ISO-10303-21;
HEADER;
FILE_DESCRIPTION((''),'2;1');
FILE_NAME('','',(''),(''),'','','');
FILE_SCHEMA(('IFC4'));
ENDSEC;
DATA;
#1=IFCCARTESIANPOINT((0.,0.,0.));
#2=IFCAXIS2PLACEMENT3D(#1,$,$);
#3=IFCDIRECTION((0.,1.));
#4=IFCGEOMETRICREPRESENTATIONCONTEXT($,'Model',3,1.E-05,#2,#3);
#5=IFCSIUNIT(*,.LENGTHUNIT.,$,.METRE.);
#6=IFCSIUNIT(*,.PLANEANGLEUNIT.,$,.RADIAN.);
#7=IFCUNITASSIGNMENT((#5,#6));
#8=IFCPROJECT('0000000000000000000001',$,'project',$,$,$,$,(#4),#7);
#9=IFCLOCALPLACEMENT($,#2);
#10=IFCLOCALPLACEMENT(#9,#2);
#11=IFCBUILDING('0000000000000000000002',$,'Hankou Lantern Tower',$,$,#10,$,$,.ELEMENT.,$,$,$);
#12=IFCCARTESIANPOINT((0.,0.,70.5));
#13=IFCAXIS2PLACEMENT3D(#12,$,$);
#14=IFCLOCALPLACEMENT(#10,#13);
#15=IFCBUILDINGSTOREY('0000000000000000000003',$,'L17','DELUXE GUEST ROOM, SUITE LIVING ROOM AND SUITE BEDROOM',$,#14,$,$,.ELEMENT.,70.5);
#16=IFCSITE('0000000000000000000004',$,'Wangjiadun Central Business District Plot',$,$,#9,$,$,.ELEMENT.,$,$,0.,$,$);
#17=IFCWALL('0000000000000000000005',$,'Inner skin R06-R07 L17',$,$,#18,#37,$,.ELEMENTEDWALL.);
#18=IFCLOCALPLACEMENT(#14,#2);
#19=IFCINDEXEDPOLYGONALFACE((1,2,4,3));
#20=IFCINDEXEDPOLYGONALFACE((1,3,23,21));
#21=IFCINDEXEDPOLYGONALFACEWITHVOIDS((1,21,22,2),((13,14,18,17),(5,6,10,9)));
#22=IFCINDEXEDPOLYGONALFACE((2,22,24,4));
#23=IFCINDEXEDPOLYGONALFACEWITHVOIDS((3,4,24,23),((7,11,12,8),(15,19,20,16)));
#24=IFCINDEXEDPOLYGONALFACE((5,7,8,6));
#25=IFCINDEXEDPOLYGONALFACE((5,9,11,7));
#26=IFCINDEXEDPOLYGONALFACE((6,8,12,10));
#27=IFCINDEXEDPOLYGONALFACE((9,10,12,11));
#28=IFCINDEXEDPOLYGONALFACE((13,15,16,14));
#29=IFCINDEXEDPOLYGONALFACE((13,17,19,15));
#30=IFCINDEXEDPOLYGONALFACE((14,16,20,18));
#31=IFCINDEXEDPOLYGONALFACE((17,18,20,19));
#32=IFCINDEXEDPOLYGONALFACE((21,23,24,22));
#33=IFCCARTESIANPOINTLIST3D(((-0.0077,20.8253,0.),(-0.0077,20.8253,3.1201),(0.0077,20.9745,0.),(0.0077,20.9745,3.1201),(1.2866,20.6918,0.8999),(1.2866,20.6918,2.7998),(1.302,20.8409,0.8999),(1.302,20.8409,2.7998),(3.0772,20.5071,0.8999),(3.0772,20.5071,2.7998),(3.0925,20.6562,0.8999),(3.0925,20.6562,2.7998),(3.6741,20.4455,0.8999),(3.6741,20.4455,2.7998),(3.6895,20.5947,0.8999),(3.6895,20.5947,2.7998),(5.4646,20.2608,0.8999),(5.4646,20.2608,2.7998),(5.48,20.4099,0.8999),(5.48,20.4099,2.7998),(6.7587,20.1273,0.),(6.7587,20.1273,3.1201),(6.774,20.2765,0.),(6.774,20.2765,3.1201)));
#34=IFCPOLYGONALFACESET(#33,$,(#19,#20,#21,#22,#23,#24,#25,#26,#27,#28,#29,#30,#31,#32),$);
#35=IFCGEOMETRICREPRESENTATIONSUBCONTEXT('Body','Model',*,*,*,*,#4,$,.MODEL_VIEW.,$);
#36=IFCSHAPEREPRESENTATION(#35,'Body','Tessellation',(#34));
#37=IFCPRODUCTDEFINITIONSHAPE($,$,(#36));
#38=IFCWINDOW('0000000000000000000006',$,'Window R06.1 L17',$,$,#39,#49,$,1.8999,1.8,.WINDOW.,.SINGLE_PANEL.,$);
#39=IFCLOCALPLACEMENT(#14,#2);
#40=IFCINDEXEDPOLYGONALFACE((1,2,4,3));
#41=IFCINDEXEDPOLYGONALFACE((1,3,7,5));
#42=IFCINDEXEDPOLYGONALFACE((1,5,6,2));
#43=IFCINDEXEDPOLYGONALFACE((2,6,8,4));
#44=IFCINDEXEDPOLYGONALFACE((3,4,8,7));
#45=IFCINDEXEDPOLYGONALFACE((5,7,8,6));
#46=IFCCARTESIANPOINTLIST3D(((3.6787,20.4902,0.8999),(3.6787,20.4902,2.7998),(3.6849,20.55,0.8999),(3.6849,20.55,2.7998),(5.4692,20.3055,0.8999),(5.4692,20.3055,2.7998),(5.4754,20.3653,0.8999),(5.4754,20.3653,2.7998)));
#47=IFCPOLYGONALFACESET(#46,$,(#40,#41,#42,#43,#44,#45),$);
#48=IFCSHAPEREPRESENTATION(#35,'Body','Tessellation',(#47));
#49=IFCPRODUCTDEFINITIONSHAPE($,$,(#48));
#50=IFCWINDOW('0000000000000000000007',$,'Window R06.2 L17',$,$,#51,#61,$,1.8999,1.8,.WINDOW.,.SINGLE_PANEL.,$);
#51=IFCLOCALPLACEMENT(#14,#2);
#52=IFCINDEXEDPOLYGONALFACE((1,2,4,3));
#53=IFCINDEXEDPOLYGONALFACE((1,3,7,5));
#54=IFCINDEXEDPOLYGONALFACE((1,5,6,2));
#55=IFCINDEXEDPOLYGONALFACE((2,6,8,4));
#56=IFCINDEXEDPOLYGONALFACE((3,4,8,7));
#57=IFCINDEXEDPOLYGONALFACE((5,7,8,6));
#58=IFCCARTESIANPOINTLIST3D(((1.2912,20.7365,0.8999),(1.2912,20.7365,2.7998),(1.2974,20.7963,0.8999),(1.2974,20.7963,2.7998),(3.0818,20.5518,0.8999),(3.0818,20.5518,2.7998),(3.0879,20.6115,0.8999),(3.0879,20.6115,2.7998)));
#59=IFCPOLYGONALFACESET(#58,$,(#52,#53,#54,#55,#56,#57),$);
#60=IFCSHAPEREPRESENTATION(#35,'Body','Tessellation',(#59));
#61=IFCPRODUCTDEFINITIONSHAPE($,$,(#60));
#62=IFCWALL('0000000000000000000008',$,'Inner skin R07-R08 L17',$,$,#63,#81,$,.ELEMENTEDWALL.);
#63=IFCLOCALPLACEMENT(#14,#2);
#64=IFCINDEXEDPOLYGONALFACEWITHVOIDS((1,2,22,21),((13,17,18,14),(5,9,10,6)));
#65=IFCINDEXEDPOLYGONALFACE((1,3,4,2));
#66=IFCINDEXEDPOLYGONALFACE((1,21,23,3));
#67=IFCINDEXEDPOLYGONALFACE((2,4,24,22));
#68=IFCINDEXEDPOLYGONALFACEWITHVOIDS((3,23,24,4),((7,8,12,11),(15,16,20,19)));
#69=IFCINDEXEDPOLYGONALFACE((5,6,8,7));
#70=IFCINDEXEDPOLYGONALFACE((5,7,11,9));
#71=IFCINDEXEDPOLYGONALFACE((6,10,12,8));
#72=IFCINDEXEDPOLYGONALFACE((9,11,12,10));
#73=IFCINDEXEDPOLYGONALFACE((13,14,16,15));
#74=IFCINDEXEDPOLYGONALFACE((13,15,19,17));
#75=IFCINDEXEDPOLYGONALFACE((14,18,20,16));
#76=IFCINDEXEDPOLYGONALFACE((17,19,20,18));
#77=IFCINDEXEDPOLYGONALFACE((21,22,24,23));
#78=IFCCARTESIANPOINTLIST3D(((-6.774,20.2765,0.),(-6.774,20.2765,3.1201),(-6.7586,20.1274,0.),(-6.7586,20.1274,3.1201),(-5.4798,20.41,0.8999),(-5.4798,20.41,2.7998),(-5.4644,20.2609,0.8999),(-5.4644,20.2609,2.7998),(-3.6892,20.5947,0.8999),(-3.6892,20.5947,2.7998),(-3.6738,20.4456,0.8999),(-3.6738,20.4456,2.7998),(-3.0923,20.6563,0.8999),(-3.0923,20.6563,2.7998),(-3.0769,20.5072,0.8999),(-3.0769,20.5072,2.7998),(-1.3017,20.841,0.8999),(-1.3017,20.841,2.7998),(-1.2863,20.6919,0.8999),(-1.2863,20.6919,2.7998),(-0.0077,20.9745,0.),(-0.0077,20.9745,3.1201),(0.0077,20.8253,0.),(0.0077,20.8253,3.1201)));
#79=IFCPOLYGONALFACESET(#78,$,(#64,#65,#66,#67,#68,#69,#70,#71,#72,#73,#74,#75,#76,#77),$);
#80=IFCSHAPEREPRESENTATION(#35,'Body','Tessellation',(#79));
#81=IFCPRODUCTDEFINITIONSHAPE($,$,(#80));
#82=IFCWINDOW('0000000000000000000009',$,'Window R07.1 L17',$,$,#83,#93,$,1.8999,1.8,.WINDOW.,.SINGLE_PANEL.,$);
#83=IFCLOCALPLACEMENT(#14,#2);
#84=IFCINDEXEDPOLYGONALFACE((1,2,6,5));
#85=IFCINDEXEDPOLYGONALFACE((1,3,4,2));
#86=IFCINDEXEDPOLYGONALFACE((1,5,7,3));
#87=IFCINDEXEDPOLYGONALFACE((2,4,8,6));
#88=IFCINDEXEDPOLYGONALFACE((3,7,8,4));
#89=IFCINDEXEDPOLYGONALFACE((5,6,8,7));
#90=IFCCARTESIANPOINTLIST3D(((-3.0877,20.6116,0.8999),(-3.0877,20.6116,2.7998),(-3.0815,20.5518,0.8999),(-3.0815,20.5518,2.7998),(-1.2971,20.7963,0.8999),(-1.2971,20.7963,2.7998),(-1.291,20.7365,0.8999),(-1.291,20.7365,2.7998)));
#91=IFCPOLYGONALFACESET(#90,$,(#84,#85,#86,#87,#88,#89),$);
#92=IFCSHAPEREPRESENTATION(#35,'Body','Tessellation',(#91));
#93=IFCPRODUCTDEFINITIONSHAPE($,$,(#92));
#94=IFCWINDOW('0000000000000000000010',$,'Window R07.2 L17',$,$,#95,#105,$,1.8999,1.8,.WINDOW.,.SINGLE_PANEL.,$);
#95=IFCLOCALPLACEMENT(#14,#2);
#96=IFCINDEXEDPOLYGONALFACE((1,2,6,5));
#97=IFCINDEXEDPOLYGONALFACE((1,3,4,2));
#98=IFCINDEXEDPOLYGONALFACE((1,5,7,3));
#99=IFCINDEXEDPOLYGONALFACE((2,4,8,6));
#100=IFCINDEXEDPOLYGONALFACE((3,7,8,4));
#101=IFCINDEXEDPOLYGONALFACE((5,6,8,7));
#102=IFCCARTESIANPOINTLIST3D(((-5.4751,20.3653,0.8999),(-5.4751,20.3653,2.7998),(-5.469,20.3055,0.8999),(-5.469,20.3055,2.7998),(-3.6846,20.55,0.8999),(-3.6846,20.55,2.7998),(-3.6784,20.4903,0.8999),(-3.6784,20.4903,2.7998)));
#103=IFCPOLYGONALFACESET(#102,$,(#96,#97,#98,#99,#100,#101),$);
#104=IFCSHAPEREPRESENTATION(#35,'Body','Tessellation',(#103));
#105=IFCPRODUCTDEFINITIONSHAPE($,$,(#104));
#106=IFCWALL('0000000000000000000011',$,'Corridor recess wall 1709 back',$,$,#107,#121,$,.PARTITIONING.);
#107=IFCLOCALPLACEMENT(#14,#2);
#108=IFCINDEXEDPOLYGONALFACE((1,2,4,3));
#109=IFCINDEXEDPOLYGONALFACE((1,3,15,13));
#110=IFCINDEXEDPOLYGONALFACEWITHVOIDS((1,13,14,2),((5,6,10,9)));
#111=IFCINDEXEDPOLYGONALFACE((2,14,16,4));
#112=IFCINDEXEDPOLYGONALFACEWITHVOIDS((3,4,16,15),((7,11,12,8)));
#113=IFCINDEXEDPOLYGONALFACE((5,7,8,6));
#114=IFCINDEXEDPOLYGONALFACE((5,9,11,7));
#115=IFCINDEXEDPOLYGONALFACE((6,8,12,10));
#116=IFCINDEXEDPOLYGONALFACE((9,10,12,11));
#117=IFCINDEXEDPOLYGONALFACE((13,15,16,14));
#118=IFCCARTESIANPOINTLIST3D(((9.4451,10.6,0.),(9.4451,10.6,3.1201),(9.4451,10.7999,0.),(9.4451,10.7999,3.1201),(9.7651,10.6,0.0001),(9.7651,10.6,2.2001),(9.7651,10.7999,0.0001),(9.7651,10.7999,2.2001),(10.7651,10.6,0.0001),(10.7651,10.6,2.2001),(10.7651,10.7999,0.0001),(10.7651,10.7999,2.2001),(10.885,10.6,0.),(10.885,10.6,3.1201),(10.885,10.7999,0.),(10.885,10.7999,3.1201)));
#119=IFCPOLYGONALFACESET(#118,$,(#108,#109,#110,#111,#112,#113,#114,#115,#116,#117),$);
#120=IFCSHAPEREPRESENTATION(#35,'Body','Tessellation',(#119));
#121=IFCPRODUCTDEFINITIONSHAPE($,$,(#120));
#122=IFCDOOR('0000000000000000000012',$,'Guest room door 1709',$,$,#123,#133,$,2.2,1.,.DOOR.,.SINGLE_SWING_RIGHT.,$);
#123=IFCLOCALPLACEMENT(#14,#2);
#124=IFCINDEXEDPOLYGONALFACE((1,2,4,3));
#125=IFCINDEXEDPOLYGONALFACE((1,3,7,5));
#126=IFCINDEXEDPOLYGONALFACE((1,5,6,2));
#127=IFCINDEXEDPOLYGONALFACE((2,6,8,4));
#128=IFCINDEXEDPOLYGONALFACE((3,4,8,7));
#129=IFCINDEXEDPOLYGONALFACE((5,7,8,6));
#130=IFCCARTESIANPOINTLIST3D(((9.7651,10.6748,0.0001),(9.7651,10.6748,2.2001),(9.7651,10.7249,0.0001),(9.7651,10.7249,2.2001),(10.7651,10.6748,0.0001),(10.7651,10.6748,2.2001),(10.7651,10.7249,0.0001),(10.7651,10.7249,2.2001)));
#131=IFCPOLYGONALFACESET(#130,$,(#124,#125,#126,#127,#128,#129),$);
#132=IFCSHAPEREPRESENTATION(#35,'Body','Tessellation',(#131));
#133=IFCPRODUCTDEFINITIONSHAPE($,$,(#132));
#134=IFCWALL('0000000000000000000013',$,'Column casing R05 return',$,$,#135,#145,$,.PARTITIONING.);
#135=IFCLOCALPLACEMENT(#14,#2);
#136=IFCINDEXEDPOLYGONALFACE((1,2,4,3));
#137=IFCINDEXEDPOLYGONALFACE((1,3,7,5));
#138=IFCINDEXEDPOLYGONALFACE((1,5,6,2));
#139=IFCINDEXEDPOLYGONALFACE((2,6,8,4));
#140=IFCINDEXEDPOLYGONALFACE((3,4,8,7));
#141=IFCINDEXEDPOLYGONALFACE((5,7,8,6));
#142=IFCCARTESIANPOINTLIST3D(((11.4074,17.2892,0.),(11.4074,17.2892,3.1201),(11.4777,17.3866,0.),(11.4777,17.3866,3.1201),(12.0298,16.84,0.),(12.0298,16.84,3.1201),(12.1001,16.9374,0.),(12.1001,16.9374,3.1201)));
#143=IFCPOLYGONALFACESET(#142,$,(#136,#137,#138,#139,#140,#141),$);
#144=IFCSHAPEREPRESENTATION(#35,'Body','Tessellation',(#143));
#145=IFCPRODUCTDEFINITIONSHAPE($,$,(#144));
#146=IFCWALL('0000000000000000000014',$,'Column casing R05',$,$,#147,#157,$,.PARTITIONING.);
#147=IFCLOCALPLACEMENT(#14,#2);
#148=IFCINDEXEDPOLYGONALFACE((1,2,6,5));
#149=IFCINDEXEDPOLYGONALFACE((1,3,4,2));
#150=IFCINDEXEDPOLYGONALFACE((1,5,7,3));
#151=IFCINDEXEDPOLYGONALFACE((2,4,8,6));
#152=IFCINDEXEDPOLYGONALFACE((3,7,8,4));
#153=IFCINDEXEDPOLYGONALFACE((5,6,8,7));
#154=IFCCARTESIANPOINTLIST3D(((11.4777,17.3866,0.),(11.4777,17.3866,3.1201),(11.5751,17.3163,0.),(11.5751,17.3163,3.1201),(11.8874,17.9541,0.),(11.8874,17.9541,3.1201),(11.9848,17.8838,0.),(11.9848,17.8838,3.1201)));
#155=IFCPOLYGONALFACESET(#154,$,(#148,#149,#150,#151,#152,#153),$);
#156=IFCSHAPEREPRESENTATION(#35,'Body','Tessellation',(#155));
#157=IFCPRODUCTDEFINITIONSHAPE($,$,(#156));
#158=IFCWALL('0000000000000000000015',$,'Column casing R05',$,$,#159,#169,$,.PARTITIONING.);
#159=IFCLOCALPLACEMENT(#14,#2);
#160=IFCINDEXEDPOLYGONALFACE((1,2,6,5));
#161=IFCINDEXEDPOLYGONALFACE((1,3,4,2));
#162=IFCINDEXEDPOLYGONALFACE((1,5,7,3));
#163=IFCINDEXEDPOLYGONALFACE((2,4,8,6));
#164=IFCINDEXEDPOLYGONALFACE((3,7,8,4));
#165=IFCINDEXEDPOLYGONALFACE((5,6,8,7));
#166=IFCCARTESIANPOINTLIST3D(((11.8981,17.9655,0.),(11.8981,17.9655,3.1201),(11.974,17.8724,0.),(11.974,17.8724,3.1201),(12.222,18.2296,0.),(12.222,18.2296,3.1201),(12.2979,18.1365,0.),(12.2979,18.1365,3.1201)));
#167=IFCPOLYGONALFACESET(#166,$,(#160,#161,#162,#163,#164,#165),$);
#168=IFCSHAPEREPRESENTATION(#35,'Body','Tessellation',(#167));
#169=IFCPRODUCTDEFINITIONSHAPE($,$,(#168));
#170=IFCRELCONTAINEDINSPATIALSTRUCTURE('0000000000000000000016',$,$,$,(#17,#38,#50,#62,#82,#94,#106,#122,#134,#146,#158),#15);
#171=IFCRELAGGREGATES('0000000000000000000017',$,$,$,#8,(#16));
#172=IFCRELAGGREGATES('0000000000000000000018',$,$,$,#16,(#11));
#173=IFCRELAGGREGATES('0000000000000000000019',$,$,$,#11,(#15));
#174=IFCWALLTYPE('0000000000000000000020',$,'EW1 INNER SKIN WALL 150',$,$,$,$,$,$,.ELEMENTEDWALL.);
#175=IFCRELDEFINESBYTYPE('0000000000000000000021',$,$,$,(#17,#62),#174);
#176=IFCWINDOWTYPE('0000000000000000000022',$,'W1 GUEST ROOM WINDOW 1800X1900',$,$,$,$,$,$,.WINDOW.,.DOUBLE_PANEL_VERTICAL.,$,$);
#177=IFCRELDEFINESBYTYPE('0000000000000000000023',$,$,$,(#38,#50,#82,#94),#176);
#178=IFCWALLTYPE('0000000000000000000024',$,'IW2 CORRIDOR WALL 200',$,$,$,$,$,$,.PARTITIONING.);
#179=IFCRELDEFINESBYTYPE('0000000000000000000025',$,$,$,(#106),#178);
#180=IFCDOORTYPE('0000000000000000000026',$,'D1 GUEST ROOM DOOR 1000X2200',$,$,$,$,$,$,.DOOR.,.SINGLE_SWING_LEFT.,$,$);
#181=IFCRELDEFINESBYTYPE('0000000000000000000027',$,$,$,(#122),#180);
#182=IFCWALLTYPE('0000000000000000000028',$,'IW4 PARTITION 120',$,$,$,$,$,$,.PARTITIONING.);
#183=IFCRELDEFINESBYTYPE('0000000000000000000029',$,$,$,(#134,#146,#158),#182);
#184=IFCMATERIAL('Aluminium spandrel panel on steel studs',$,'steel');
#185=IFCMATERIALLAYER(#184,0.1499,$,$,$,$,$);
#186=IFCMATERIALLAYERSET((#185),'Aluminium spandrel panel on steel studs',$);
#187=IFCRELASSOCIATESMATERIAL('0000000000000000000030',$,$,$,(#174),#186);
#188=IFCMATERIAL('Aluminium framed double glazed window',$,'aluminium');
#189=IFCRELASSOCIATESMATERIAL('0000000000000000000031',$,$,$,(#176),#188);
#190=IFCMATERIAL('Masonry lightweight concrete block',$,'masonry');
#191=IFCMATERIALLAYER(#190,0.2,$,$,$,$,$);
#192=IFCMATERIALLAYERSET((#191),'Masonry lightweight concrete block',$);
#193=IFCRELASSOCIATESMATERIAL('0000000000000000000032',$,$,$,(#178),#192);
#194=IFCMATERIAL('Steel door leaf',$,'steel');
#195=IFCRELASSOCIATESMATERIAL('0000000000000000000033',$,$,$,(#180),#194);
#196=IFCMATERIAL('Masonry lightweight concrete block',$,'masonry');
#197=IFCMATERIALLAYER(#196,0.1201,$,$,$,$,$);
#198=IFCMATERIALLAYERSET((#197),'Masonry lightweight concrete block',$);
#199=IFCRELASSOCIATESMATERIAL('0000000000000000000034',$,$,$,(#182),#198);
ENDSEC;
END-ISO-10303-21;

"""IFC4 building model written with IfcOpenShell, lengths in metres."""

from ifc_helpers import new_model, si_unit, direction, frame, frame_2d, origin, place, context, subcontext, project, spatial, rectangle, extrude, material, layer, layer_set, type_object, element, fill, save


model = new_model("IFC4")

# Units and contexts
model_context = context("Model", 3, precision=1e-05, world=origin(), true_north=direction((0.0, 1.0)))
body_context = subcontext(model_context, "Body", "Model", "MODEL_VIEW")
ifc_project = project(units=[si_unit("LENGTHUNIT", "METRE"), si_unit("PLANEANGLEUNIT", "RADIAN")], contexts=[model_context])

# Site, building, storey
site_placement = place(None, origin())
site = spatial("IfcSite", under=ifc_project, at=site_placement, Name="Wangjiadun Central Business District Plot", CompositionType="ELEMENT", RefElevation=0.0)
building_placement = place(site_placement, origin())
building = spatial("IfcBuilding", under=site, at=building_placement, Name="Hankou Lantern Tower", CompositionType="ELEMENT")
storey_placement = place(building_placement, frame((0.0, 0.0, 70.5)))
storey = spatial("IfcBuildingStorey", under=building, at=storey_placement, Name="L17", Description="DELUXE GUEST ROOM, SUITE LIVING ROOM AND SUITE BEDROOM", CompositionType="ELEMENT", Elevation=70.5)

# Walls, openings, windows
ifc_material_1 = material(Name="Aluminium spandrel panel on steel studs", Category="steel")
ifc_layer_1 = layer(ifc_material_1, 0.1499)
ifc_layer_set_1 = layer_set([ifc_layer_1], Name="Aluminium spandrel panel on steel studs")
wall_type_1 = type_object("IfcWallType", Name="EW1 INNER SKIN WALL 150", PredefinedType="ELEMENTEDWALL", material=ifc_layer_set_1)
wall_1_placement = place(storey_placement, frame((6.7664, 20.2019, 0.0), z_axis=(0.0, 0.0, 1.0), x_axis=(-0.994721, 0.102613, 0.0)))
wall_1 = element("IfcWall", 1, at=wall_1_placement, inside=storey, type_object=wall_type_1, Name="Inner skin R06-R07 L17", PredefinedType="ELEMENTEDWALL", context=body_context, shape_type="SweptSolid", body=[
    extrude(rectangle(XDim=6.8022, YDim=0.1499, at=frame_2d((3.4011, 0.0))), origin(), (0.0, 0.0, 1.0), 3.1201),
])
opening_1_placement = place(wall_1_placement, frame((1.301, 0.0, 0.8999)))
opening_1 = element("IfcOpeningElement", 2, at=opening_1_placement, cuts=wall_1, PredefinedType="OPENING", context=body_context, shape_type="SweptSolid", body=[
    extrude(rectangle(XDim=1.8, YDim=1.8999, at=frame_2d((0.8999, 0.95))), frame((0.0, 0.085, 0.0), z_axis=(0.0, -1.0, 0.0), x_axis=(1.0, 0.0, 0.0)), (0.0, 0.0, 1.0), 0.1699),
])
opening_2_placement = place(wall_1_placement, frame((3.7012, 0.0, 0.8999)))
opening_2 = element("IfcOpeningElement", 3, at=opening_2_placement, cuts=wall_1, PredefinedType="OPENING", context=body_context, shape_type="SweptSolid", body=[
    extrude(rectangle(XDim=1.8, YDim=1.8999, at=frame_2d((0.8999, 0.95))), frame((0.0, 0.085, 0.0), z_axis=(0.0, -1.0, 0.0), x_axis=(1.0, 0.0, 0.0)), (0.0, 0.0, 1.0), 0.1699),
])
ifc_material_2 = material(Name="Aluminium framed double glazed window", Category="aluminium")
window_type = type_object("IfcWindowType", Name="W1 GUEST ROOM WINDOW 1800X1900", PartitioningType="DOUBLE_PANEL_VERTICAL", PredefinedType="WINDOW", material=ifc_material_2)
window_1_placement = place(opening_1_placement, origin())
window_1 = element("IfcWindow", 4, at=window_1_placement, inside=storey, type_object=window_type, Name="Window R06.1 L17", OverallHeight=1.8999, OverallWidth=1.8, PartitioningType="SINGLE_PANEL", PredefinedType="WINDOW", context=body_context, shape_type="SweptSolid", body=[
    extrude(rectangle(XDim=1.8, YDim=1.8999, at=frame_2d((0.8999, 0.95))), frame((0.0, 0.03, 0.0), z_axis=(0.0, -1.0, 0.0), x_axis=(1.0, 0.0, 0.0)), (0.0, 0.0, 1.0), 0.0601),
])
fill(opening_1, window_1)
window_2_placement = place(opening_2_placement, origin())
window_2 = element("IfcWindow", 5, at=window_2_placement, inside=storey, type_object=window_type, Name="Window R06.2 L17", OverallHeight=1.8999, OverallWidth=1.8, PartitioningType="SINGLE_PANEL", PredefinedType="WINDOW", context=body_context, shape_type="SweptSolid", body=[
    extrude(rectangle(XDim=1.8, YDim=1.8999, at=frame_2d((0.8999, 0.95))), frame((0.0, 0.03, 0.0), z_axis=(0.0, -1.0, 0.0), x_axis=(1.0, 0.0, 0.0)), (0.0, 0.0, 1.0), 0.0601),
])
fill(opening_2, window_2)
wall_2_placement = place(storey_placement, frame((0.0, 20.8999, 0.0), z_axis=(0.0, 0.0, 1.0), x_axis=(-0.994721, -0.102613, 0.0)))
wall_2 = element("IfcWall", 6, at=wall_2_placement, inside=storey, type_object=wall_type_1, Name="Inner skin R07-R08 L17", PredefinedType="ELEMENTEDWALL", context=body_context, shape_type="SweptSolid", body=[
    extrude(rectangle(XDim=6.8022, YDim=0.1499, at=frame_2d((3.4011, 0.0))), origin(), (0.0, 0.0, 1.0), 3.1201),
])
opening_3_placement = place(wall_2_placement, frame((1.301, 0.0, 0.8999)))
opening_3 = element("IfcOpeningElement", 7, at=opening_3_placement, cuts=wall_2, PredefinedType="OPENING", context=body_context, shape_type="SweptSolid", body=[
    extrude(rectangle(XDim=1.8, YDim=1.8999, at=frame_2d((0.8999, 0.95))), frame((0.0, 0.085, 0.0), z_axis=(0.0, -1.0, 0.0), x_axis=(1.0, 0.0, 0.0)), (0.0, 0.0, 1.0), 0.1699),
])
opening_4_placement = place(wall_2_placement, frame((3.7012, 0.0, 0.8999)))
opening_4 = element("IfcOpeningElement", 8, at=opening_4_placement, cuts=wall_2, PredefinedType="OPENING", context=body_context, shape_type="SweptSolid", body=[
    extrude(rectangle(XDim=1.8, YDim=1.8999, at=frame_2d((0.8999, 0.95))), frame((0.0, 0.085, 0.0), z_axis=(0.0, -1.0, 0.0), x_axis=(1.0, 0.0, 0.0)), (0.0, 0.0, 1.0), 0.1699),
])
window_3_placement = place(opening_3_placement, origin())
window_3 = element("IfcWindow", 9, at=window_3_placement, inside=storey, type_object=window_type, Name="Window R07.1 L17", OverallHeight=1.8999, OverallWidth=1.8, PartitioningType="SINGLE_PANEL", PredefinedType="WINDOW", context=body_context, shape_type="SweptSolid", body=[
    extrude(rectangle(XDim=1.8, YDim=1.8999, at=frame_2d((0.8999, 0.95))), frame((0.0, 0.03, 0.0), z_axis=(0.0, -1.0, 0.0), x_axis=(1.0, 0.0, 0.0)), (0.0, 0.0, 1.0), 0.0601),
])
fill(opening_3, window_3)
window_4_placement = place(opening_4_placement, origin())
window_4 = element("IfcWindow", 10, at=window_4_placement, inside=storey, type_object=window_type, Name="Window R07.2 L17", OverallHeight=1.8999, OverallWidth=1.8, PartitioningType="SINGLE_PANEL", PredefinedType="WINDOW", context=body_context, shape_type="SweptSolid", body=[
    extrude(rectangle(XDim=1.8, YDim=1.8999, at=frame_2d((0.8999, 0.95))), frame((0.0, 0.03, 0.0), z_axis=(0.0, -1.0, 0.0), x_axis=(1.0, 0.0, 0.0)), (0.0, 0.0, 1.0), 0.0601),
])
fill(opening_4, window_4)

# Wall, opening, door
ifc_material_3 = material(Name="Masonry lightweight concrete block", Category="masonry")
ifc_layer_2 = layer(ifc_material_3, 0.2)
ifc_layer_set_2 = layer_set([ifc_layer_2], Name="Masonry lightweight concrete block")
wall_type_2 = type_object("IfcWallType", Name="IW2 CORRIDOR WALL 200", PredefinedType="PARTITIONING", material=ifc_layer_set_2)
wall_3_placement = place(storey_placement, frame((9.4451, 10.7, 0.0), z_axis=(0.0, 0.0, 1.0), x_axis=(1.0, 0.0, 0.0)))
wall_3 = element("IfcWall", 11, at=wall_3_placement, inside=storey, type_object=wall_type_2, Name="Corridor recess wall 1709 back", PredefinedType="PARTITIONING", context=body_context, shape_type="SweptSolid", body=[
    extrude(rectangle(XDim=1.4399, YDim=0.2, at=frame_2d((0.72, 0.0))), origin(), (0.0, 0.0, 1.0), 3.1201),
])
opening_5_placement = place(wall_3_placement, frame((0.3201, 0.0, 0.0)))
opening_5 = element("IfcOpeningElement", 12, at=opening_5_placement, cuts=wall_3, PredefinedType="OPENING", context=body_context, shape_type="SweptSolid", body=[
    extrude(rectangle(XDim=1.0, YDim=2.2, at=frame_2d((0.5, 1.1001))), frame((0.0, 0.1099, 0.0), z_axis=(0.0, -1.0, 0.0), x_axis=(1.0, 0.0, 0.0)), (0.0, 0.0, 1.0), 0.22),
])
ifc_material_4 = material(Name="Steel door leaf", Category="steel")
door_type = type_object("IfcDoorType", Name="D1 GUEST ROOM DOOR 1000X2200", OperationType="SINGLE_SWING_LEFT", PredefinedType="DOOR", material=ifc_material_4)
door_placement = place(opening_5_placement, origin())
door = element("IfcDoor", 13, at=door_placement, inside=storey, type_object=door_type, Name="Guest room door 1709", OperationType="SINGLE_SWING_RIGHT", OverallHeight=2.2, OverallWidth=1.0, PredefinedType="DOOR", context=body_context, shape_type="SweptSolid", body=[
    extrude(rectangle(XDim=1.0, YDim=2.2, at=frame_2d((0.5, 1.1001))), frame((0.0, 0.0249, 0.0), z_axis=(0.0, -1.0, 0.0), x_axis=(1.0, 0.0, 0.0)), (0.0, 0.0, 1.0), 0.05),
])
fill(opening_5, door)

# Walls
ifc_material_5 = material(Name="Masonry lightweight concrete block", Category="masonry")
ifc_layer_3 = layer(ifc_material_5, 0.1201)
ifc_layer_set_3 = layer_set([ifc_layer_3], Name="Masonry lightweight concrete block")
wall_type_3 = type_object("IfcWallType", Name="IW4 PARTITION 120", PredefinedType="PARTITIONING", material=ifc_layer_set_3)
wall_4_placement = place(storey_placement, frame((12.0649, 16.8887, 0.0), z_axis=(0.0, 0.0, 1.0), x_axis=(-0.810822, 0.585293, 0.0)))
element("IfcWall", 14, at=wall_4_placement, inside=storey, type_object=wall_type_3, Name="Column casing R05 return", PredefinedType="PARTITIONING", context=body_context, shape_type="SweptSolid", body=[
    extrude(rectangle(XDim=0.7676, YDim=0.1201, at=frame_2d((0.3838, 0.0))), origin(), (0.0, 0.0, 1.0), 3.1201),
])
wall_5_placement = place(storey_placement, frame((11.5264, 17.3513, 0.0), z_axis=(0.0, 0.0, 1.0), x_axis=(0.585223, 0.810872, 0.0)))
element("IfcWall", 15, at=wall_5_placement, inside=storey, type_object=wall_type_3, Name="Column casing R05", PredefinedType="PARTITIONING", context=body_context, shape_type="SweptSolid", body=[
    extrude(rectangle(XDim=0.7, YDim=0.1201, at=frame_2d((0.3501, 0.0))), origin(), (0.0, 0.0, 1.0), 3.1201),
])
wall_6_placement = place(storey_placement, frame((11.936, 17.9189, 0.0), z_axis=(0.0, 0.0, 1.0), x_axis=(0.775023, 0.631933, 0.0)))
element("IfcWall", 16, at=wall_6_placement, inside=storey, type_object=wall_type_3, Name="Column casing R05", PredefinedType="PARTITIONING", context=body_context, shape_type="SweptSolid", body=[
    extrude(rectangle(XDim=0.418, YDim=0.1201, at=frame_2d((0.209, 0.0))), origin(), (0.0, 0.0, 1.0), 3.1201),
])

save(model, "model.ifc")
